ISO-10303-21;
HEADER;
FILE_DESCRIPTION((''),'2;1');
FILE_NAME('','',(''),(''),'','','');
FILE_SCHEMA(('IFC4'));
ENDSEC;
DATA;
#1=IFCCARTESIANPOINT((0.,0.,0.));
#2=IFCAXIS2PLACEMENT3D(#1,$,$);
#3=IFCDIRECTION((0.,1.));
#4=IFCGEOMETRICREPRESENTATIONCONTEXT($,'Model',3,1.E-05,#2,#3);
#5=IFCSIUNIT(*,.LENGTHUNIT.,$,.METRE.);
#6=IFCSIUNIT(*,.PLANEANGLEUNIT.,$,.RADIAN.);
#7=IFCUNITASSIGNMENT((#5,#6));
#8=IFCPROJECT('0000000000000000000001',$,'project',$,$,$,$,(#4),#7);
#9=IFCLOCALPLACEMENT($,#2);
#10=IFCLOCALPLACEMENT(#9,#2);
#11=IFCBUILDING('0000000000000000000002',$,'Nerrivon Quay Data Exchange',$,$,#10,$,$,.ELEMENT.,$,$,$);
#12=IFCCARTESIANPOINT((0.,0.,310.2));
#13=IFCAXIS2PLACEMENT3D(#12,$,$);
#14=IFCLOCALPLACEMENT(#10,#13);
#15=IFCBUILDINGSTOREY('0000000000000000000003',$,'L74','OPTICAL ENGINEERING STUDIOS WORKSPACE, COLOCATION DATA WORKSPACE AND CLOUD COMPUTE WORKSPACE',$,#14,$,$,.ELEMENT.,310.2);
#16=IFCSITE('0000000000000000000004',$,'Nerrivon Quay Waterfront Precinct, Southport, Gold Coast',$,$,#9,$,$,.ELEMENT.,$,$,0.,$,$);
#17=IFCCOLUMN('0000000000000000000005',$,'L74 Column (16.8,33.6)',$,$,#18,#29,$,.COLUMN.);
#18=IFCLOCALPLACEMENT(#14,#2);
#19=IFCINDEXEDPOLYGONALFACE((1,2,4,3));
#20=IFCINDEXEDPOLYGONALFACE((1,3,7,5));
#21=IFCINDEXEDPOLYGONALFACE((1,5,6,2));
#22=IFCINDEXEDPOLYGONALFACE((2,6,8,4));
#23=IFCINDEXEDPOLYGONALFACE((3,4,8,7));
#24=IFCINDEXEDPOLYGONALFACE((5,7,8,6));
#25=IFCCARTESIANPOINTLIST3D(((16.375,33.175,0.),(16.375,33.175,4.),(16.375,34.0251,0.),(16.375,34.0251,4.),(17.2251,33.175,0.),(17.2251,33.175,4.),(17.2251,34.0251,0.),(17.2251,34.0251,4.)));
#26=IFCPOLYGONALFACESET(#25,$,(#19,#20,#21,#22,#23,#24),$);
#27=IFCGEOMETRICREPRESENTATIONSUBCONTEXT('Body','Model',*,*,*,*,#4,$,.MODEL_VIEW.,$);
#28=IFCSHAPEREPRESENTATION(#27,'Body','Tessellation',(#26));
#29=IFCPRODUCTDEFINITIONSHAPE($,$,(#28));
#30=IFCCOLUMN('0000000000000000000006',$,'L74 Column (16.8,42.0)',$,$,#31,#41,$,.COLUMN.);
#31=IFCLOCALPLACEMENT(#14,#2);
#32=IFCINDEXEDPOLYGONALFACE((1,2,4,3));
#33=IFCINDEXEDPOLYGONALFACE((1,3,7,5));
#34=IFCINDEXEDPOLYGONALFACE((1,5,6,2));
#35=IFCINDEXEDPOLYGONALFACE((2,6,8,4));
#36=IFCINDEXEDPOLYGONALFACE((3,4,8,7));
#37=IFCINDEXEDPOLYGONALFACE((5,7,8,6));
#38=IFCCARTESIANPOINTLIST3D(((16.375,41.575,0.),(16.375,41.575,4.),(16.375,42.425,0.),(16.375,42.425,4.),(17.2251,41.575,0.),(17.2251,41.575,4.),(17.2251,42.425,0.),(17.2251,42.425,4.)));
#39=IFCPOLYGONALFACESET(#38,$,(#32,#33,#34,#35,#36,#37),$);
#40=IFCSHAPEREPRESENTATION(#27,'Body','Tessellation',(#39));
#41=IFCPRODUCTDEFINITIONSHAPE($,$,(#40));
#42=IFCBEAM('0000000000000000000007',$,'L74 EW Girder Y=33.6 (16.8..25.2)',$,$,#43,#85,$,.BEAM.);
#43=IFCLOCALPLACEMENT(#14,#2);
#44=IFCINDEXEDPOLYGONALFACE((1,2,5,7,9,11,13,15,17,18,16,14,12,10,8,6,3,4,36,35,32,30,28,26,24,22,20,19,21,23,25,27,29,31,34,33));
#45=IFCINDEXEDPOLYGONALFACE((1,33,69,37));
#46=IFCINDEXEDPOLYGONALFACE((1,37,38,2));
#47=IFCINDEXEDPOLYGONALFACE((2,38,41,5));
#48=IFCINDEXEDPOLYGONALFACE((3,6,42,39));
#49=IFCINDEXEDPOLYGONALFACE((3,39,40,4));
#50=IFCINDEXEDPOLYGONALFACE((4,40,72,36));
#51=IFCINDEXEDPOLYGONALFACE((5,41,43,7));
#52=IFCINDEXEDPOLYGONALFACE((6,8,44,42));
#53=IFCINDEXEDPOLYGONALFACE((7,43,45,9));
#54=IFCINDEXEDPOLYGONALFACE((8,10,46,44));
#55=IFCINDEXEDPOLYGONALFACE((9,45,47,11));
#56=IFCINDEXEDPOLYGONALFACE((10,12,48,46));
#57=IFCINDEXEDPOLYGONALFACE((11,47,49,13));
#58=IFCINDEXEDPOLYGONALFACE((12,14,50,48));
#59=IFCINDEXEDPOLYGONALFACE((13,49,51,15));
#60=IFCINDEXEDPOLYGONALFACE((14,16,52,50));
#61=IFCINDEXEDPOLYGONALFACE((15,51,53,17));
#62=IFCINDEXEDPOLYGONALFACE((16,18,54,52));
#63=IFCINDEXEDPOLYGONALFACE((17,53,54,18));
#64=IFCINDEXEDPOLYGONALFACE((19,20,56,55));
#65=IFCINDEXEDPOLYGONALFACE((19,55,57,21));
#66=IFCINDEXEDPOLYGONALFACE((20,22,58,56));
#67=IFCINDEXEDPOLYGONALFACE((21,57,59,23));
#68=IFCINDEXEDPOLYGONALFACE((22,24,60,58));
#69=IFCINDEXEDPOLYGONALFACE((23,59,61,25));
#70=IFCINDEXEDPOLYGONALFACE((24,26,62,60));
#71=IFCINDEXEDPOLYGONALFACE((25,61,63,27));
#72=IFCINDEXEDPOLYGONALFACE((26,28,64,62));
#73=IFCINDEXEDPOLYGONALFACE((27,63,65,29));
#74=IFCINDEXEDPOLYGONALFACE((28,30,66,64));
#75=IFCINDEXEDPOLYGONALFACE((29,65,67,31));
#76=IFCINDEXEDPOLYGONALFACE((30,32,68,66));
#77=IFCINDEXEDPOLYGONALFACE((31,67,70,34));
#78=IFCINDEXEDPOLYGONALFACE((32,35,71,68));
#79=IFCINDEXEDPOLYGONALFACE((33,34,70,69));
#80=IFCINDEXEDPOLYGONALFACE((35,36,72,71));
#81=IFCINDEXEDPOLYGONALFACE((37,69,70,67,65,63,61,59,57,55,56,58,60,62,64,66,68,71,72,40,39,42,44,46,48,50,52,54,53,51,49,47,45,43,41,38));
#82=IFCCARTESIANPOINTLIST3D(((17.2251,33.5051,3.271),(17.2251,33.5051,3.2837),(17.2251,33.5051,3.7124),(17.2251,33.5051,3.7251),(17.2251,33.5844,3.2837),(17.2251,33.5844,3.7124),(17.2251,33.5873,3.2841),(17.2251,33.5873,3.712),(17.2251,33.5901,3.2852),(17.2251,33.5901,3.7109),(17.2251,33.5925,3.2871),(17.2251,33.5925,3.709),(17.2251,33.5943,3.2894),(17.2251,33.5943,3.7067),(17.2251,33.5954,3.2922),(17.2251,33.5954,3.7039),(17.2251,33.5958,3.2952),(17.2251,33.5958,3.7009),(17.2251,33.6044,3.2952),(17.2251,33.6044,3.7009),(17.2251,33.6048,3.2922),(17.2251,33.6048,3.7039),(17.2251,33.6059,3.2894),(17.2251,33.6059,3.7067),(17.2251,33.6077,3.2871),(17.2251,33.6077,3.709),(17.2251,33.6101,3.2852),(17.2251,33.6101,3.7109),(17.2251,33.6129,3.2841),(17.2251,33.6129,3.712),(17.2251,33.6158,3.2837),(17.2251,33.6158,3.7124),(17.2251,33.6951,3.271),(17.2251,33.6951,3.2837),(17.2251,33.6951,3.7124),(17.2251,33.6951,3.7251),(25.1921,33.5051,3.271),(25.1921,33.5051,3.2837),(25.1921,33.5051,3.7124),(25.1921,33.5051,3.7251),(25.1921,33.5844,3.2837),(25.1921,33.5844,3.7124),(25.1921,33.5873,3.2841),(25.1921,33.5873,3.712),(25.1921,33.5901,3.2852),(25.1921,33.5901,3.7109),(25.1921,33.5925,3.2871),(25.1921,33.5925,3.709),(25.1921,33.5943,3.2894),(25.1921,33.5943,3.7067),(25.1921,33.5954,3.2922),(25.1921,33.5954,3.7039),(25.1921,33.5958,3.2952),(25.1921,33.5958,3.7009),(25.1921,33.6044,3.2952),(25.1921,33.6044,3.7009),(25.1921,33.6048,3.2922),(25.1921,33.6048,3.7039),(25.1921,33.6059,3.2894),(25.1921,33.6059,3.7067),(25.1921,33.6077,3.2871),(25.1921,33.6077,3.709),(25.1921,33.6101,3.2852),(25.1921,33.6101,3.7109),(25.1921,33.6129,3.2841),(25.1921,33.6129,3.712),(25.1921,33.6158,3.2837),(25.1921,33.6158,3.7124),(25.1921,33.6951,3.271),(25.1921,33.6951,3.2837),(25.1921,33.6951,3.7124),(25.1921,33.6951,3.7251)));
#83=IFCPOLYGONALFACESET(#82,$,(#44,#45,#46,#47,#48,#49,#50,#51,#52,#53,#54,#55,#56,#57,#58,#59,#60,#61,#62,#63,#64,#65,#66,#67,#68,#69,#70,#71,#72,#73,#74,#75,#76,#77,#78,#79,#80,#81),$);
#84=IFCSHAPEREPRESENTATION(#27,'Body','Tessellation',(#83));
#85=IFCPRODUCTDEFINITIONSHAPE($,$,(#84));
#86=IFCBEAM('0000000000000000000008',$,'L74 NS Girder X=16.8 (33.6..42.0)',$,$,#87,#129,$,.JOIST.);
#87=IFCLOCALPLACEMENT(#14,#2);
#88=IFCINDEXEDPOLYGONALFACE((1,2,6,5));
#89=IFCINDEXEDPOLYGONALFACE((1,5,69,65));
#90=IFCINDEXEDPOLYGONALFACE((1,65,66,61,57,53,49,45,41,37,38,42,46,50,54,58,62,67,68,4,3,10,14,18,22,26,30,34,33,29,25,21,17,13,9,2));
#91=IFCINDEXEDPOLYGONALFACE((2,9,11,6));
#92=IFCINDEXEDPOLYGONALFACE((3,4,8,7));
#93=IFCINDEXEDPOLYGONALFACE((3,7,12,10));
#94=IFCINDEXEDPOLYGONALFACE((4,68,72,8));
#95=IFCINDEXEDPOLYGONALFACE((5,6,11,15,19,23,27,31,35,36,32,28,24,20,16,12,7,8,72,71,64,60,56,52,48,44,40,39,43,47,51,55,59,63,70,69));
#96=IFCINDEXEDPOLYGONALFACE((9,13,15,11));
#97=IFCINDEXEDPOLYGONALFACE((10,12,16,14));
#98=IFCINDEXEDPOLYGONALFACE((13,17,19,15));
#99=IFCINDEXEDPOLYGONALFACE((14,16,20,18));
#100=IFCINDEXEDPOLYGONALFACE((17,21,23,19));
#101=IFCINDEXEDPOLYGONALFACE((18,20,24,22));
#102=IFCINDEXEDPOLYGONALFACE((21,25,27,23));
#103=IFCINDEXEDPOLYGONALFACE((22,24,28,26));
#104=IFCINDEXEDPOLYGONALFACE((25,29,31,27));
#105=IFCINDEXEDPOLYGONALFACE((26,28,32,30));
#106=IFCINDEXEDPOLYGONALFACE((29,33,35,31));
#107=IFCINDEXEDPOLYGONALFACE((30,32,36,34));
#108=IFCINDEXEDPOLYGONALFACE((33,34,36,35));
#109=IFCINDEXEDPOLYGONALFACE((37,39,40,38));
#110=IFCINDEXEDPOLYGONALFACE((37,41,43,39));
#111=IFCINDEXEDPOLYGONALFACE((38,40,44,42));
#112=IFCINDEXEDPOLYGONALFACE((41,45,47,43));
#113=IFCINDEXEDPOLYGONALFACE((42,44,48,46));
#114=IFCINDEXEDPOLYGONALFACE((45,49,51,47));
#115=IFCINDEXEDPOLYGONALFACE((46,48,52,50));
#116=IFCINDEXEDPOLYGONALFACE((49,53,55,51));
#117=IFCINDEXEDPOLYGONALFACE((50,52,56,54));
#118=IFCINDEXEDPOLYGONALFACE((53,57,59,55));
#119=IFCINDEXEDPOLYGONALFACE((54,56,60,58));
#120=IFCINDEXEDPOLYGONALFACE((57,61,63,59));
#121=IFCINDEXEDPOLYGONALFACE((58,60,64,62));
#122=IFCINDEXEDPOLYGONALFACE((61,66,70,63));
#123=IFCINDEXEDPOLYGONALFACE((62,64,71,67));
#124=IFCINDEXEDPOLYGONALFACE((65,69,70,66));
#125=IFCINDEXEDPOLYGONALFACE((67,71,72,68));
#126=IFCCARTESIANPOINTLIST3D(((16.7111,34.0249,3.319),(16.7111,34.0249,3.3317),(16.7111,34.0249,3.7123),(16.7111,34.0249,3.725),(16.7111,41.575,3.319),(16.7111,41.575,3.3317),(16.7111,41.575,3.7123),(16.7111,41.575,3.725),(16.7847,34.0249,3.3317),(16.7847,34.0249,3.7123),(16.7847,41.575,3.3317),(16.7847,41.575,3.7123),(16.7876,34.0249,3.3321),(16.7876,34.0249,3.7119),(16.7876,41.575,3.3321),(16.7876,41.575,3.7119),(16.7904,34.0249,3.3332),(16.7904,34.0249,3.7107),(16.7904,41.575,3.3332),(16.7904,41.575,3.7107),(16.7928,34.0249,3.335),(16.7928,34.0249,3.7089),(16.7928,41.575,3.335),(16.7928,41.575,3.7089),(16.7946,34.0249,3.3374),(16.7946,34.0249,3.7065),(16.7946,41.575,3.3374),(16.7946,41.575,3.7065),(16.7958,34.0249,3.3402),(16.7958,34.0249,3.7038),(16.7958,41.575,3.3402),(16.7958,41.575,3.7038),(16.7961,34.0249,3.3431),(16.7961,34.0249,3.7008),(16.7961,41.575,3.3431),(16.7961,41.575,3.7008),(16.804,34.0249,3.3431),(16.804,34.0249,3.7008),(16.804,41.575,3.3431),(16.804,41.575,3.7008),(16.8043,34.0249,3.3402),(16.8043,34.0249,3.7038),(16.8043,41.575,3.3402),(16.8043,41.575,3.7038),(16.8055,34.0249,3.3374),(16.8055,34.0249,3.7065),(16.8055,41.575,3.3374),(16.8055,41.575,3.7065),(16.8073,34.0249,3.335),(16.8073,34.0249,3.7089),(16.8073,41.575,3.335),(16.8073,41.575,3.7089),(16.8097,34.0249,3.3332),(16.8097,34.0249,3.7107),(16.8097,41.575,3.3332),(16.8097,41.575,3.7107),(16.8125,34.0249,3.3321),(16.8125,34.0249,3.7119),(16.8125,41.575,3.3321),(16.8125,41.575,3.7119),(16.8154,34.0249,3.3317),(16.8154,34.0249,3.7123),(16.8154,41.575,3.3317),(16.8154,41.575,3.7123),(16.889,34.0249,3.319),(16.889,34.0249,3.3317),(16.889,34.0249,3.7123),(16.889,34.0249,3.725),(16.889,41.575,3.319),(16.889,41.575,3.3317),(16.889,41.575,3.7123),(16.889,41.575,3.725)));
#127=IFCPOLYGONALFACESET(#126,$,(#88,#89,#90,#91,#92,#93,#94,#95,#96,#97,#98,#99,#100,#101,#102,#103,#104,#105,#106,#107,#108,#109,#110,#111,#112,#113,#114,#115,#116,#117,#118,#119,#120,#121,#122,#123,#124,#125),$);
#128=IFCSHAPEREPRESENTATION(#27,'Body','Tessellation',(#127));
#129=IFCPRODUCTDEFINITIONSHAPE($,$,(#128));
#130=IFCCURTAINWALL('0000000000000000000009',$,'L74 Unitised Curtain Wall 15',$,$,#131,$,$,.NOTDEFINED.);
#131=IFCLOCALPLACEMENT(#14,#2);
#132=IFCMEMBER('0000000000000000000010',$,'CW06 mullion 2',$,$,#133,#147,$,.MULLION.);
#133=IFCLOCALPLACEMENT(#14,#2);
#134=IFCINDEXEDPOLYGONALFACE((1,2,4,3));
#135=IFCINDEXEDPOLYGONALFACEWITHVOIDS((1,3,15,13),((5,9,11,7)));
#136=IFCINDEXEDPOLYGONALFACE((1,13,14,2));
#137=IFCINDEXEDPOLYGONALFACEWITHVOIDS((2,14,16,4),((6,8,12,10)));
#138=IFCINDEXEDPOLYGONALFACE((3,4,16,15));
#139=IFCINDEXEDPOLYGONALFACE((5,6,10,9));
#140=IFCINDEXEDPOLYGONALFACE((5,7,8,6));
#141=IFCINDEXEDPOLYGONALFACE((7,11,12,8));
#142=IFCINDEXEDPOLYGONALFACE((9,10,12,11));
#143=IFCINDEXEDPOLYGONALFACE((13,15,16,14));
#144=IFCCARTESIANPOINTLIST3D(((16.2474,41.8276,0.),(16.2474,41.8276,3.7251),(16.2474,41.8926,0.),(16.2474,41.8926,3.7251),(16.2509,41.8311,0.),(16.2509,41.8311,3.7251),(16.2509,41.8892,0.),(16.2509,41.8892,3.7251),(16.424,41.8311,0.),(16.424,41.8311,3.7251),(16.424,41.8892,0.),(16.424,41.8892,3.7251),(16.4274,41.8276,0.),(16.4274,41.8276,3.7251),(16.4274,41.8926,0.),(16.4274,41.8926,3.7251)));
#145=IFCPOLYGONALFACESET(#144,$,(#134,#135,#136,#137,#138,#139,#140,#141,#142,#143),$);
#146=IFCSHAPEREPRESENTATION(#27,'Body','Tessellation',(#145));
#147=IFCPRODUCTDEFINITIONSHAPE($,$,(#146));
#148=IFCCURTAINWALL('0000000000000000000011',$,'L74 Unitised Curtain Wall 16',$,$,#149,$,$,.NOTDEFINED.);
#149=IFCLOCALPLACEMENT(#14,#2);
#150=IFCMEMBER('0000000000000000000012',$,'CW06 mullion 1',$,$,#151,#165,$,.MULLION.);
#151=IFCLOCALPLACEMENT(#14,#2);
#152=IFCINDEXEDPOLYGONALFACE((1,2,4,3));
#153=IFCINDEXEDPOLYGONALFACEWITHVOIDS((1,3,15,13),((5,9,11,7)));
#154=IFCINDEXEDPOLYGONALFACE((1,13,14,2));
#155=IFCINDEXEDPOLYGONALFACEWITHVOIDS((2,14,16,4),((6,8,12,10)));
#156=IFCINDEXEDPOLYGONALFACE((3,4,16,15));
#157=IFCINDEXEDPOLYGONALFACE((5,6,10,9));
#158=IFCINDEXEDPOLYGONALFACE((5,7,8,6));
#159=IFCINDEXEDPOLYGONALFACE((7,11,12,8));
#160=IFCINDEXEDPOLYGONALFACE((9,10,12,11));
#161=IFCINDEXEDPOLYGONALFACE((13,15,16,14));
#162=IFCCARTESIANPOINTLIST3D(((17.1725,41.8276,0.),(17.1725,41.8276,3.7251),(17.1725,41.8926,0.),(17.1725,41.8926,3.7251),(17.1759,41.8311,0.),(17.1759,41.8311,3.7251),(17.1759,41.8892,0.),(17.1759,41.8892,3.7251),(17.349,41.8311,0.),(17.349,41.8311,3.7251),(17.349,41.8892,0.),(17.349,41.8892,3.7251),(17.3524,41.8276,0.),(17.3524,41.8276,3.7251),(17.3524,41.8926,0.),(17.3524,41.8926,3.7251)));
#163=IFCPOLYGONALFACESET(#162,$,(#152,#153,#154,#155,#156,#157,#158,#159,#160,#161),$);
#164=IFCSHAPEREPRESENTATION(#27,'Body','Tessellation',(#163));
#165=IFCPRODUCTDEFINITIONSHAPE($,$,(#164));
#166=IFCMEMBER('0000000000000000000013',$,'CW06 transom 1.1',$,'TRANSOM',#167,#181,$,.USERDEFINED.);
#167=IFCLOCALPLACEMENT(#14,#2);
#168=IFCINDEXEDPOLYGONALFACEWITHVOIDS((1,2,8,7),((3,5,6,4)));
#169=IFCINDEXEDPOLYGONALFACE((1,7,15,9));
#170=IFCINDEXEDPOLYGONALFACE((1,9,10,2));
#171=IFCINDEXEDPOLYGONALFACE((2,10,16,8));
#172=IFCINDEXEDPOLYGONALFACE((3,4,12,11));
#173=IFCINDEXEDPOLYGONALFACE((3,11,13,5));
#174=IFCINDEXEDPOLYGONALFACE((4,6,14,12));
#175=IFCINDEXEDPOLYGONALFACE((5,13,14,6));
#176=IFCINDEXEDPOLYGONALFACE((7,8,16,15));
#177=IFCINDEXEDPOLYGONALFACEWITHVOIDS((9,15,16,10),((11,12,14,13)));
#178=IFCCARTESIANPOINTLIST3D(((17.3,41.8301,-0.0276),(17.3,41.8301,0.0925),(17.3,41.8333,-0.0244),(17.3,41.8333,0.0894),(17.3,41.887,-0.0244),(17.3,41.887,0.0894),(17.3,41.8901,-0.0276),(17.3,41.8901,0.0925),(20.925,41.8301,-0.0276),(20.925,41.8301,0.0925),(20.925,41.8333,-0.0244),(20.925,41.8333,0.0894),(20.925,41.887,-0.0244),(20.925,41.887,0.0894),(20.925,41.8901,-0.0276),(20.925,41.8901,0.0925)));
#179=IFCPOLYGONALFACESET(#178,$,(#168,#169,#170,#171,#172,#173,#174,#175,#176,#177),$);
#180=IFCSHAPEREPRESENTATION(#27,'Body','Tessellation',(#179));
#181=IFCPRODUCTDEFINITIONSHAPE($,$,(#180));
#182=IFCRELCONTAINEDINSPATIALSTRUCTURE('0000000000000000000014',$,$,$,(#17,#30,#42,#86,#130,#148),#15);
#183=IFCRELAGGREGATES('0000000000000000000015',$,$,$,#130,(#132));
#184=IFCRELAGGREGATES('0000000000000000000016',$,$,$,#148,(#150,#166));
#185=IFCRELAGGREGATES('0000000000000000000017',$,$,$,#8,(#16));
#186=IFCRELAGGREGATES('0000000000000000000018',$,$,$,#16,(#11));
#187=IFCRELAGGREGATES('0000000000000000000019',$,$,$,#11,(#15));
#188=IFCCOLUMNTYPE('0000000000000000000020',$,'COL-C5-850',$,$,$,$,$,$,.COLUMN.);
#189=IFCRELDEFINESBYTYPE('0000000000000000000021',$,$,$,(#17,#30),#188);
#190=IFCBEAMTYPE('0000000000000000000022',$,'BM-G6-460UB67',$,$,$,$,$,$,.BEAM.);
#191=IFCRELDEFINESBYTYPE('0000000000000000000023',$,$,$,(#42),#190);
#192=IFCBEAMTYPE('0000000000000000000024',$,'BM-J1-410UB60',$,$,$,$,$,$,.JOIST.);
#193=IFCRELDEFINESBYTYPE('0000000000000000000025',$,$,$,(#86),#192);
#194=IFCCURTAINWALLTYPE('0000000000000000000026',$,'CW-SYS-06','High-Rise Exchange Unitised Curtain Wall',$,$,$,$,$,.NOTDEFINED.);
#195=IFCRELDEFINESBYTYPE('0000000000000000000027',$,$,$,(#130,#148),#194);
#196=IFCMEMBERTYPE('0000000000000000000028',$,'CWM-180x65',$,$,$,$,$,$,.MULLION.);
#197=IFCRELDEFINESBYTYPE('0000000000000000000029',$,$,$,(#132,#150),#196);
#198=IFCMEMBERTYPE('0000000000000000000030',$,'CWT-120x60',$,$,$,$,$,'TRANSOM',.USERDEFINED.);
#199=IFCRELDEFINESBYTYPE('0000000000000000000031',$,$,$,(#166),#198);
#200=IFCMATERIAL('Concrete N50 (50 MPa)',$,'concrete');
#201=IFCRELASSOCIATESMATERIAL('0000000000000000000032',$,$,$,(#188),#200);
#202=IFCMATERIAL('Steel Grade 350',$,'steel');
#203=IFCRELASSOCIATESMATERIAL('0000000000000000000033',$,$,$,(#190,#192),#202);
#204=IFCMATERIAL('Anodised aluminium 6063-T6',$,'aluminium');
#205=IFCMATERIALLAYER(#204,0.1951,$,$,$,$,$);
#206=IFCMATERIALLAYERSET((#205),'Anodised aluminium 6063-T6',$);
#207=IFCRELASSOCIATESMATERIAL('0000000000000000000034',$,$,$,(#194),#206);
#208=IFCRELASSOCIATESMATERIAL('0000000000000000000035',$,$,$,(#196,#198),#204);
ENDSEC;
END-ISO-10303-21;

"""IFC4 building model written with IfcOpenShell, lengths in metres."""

from ifc_helpers import new_model, si_unit, direction, frame, origin, origin_2d, place, context, subcontext, project, spatial, rectangle, hollow_rectangle, i_section, extrude, material, layer, layer_set, material_profile, profile_set, type_object, element, aggregate, save


model = new_model("IFC4")

# Units and contexts
model_context = context("Model", 3, precision=1e-05, world=origin(), true_north=direction((0.0, 1.0)))
body_context = subcontext(model_context, "Body", "Model", "MODEL_VIEW")
ifc_project = project(units=[si_unit("LENGTHUNIT", "METRE"), si_unit("PLANEANGLEUNIT", "RADIAN")], contexts=[model_context])

# Site, building, storey
site_placement = place(None, origin())
site = spatial("IfcSite", under=ifc_project, at=site_placement, Name="Nerrivon Quay Waterfront Precinct, Southport, Gold Coast", CompositionType="ELEMENT", RefElevation=0.0)
building_placement = place(site_placement, origin())
building = spatial("IfcBuilding", under=site, at=building_placement, Name="Nerrivon Quay Data Exchange", CompositionType="ELEMENT")
storey_placement = place(building_placement, frame((0.0, 0.0, 310.2)))
storey = spatial("IfcBuildingStorey", under=building, at=storey_placement, Name="L74", Description="OPTICAL ENGINEERING STUDIOS WORKSPACE, COLOCATION DATA WORKSPACE AND CLOUD COMPUTE WORKSPACE", CompositionType="ELEMENT", Elevation=310.2)

# Columns
ifc_material_1 = material(Name="Concrete N50 (50 MPa)", Category="concrete")
ifc_material_profile_1 = material_profile(ifc_material_1, rectangle(XDim=0.8501, YDim=0.8501, at=origin_2d()), Name="RC-COL-850x850")
ifc_profile_set_1 = profile_set([ifc_material_profile_1], Name="Concrete N50 (50 MPa)")
column_type = type_object("IfcColumnType", Name="COL-C5-850", PredefinedType="COLUMN", material=ifc_profile_set_1)
for number, where, z_axis, x_axis, name in (
    (1, (16.8, 33.6001, 0.0), (0.0, 0.0, 1.0), (1.0, 0.0, 0.0), "L74 Column (16.8,33.6)"),
    (2, (16.8, 42.0, 0.0), (0.0, 0.0, 1.0), (1.0, 0.0, 0.0), "L74 Column (16.8,42.0)"),
):
    element("IfcColumn", number, at=place(storey_placement, frame(where, z_axis=z_axis, x_axis=x_axis)), inside=storey, type_object=column_type, Name=name, PredefinedType="COLUMN", context=body_context, shape_type="SweptSolid", body=[
        extrude(rectangle(XDim=0.8501, YDim=0.8501, at=origin_2d()), origin(), (0.0, 0.0, 1.0), 4.0),
    ])

# Beams
ifc_material_2 = material(Name="Steel Grade 350", Category="steel")
ifc_material_profile_2 = material_profile(ifc_material_2, i_section(OverallWidth=0.1899, OverallDepth=0.4541, WebThickness=0.0085, FlangeThickness=0.0127, FilletRadius=0.0115, at=origin_2d()), Name="460UB67.1")
ifc_profile_set_2 = profile_set([ifc_material_profile_2], Name="Steel Grade 350")
beam_type_1 = type_object("IfcBeamType", Name="BM-G6-460UB67", PredefinedType="BEAM", material=ifc_profile_set_2)
beam_1_placement = place(storey_placement, frame((17.2251, 33.6001, 3.498), z_axis=(1.0, 0.0, 0.0), x_axis=(0.0, 1.0, 0.0)))
element("IfcBeam", 3, at=beam_1_placement, inside=storey, type_object=beam_type_1, Name="L74 EW Girder Y=33.6 (16.8..25.2)", PredefinedType="BEAM", context=body_context, shape_type="SweptSolid", body=[
    extrude(i_section(OverallWidth=0.1899, OverallDepth=0.4541, WebThickness=0.0085, FlangeThickness=0.0127, FilletRadius=0.0115, at=origin_2d()), origin(), (0.0, 0.0, 1.0), 7.967),
])
ifc_material_profile_3 = material_profile(ifc_material_2, i_section(OverallWidth=0.178, OverallDepth=0.406, WebThickness=0.0078, FlangeThickness=0.0127, FilletRadius=0.0115, at=origin_2d()), Name="410UB59.7")
ifc_profile_set_3 = profile_set([ifc_material_profile_3], Name="Steel Grade 350")
beam_type_2 = type_object("IfcBeamType", Name="BM-J1-410UB60", PredefinedType="JOIST", material=ifc_profile_set_3)
beam_2_placement = place(storey_placement, frame((16.8, 34.0249, 3.522), z_axis=(0.0, 1.0, 0.0), x_axis=(-1.0, 0.0, 0.0)))
element("IfcBeam", 4, at=beam_2_placement, inside=storey, type_object=beam_type_2, Name="L74 NS Girder X=16.8 (33.6..42.0)", PredefinedType="JOIST", context=body_context, shape_type="SweptSolid", body=[
    extrude(i_section(OverallWidth=0.178, OverallDepth=0.406, WebThickness=0.0078, FlangeThickness=0.0127, FilletRadius=0.0115, at=origin_2d()), origin(), (0.0, 0.0, 1.0), 7.55),
])

# Curtain wall, member
ifc_material_3 = material(Name="Anodised aluminium 6063-T6", Category="aluminium")
ifc_layer_1 = layer(ifc_material_3, 0.1951)
ifc_layer_set_1 = layer_set([ifc_layer_1], Name="Anodised aluminium 6063-T6")
curtain_wall_type = type_object("IfcCurtainWallType", Name="CW-SYS-06", Description="High-Rise Exchange Unitised Curtain Wall", PredefinedType="NOTDEFINED", material=ifc_layer_set_1)
curtain_wall_1_placement = place(storey_placement, origin())
curtain_wall_1 = element("IfcCurtainWall", 5, at=curtain_wall_1_placement, inside=storey, type_object=curtain_wall_type, Name="L74 Unitised Curtain Wall 15", PredefinedType="NOTDEFINED")
ifc_material_profile_4 = material_profile(ifc_material_3, hollow_rectangle(XDim=0.0649, YDim=0.1799, WallThickness=0.0034, at=origin_2d()), Name="ALU-MULL-180x65")
ifc_profile_set_4 = profile_set([ifc_material_profile_4], Name="Anodised aluminium 6063-T6")
member_type_1 = type_object("IfcMemberType", Name="CWM-180x65", PredefinedType="MULLION", material=ifc_profile_set_4)
member_1_placement = place(storey_placement, frame((16.3374, 41.8601, 0.0), z_axis=(0.0, 0.0, 1.0), x_axis=(0.0, 1.0, 0.0)))
member_1 = element("IfcMember", 6, at=member_1_placement, type_object=member_type_1, Name="CW06 mullion 2", PredefinedType="MULLION", context=body_context, shape_type="SweptSolid", body=[
    extrude(hollow_rectangle(XDim=0.0649, YDim=0.1799, WallThickness=0.0034, at=origin_2d()), origin(), (0.0, 0.0, 1.0), 3.7251),
])

# Curtain wall, members
curtain_wall_2_placement = place(storey_placement, origin())
curtain_wall_2 = element("IfcCurtainWall", 7, at=curtain_wall_2_placement, inside=storey, type_object=curtain_wall_type, Name="L74 Unitised Curtain Wall 16", PredefinedType="NOTDEFINED")
member_2_placement = place(storey_placement, frame((17.2625, 41.8601, 0.0), z_axis=(0.0, 0.0, 1.0), x_axis=(0.0, 1.0, 0.0)))
member_2 = element("IfcMember", 8, at=member_2_placement, type_object=member_type_1, Name="CW06 mullion 1", PredefinedType="MULLION", context=body_context, shape_type="SweptSolid", body=[
    extrude(hollow_rectangle(XDim=0.0649, YDim=0.1799, WallThickness=0.0034, at=origin_2d()), origin(), (0.0, 0.0, 1.0), 3.7251),
])
ifc_material_profile_5 = material_profile(ifc_material_3, hollow_rectangle(XDim=0.0601, YDim=0.1201, WallThickness=0.0032, at=origin_2d()), Name="ALU-TRAN-120x60")
ifc_profile_set_5 = profile_set([ifc_material_profile_5], Name="Anodised aluminium 6063-T6")
member_type_2 = type_object("IfcMemberType", Name="CWT-120x60", ElementType="TRANSOM", PredefinedType="USERDEFINED", material=ifc_profile_set_5)
member_3_placement = place(storey_placement, frame((17.3, 41.8601, 0.0325), z_axis=(1.0, 0.0, 0.0), x_axis=(0.0, 1.0, 0.0)))
member_3 = element("IfcMember", 9, at=member_3_placement, type_object=member_type_2, Name="CW06 transom 1.1", ObjectType="TRANSOM", PredefinedType="USERDEFINED", context=body_context, shape_type="SweptSolid", body=[
    extrude(hollow_rectangle(XDim=0.0601, YDim=0.1201, WallThickness=0.0032, at=origin_2d()), origin(), (0.0, 0.0, 1.0), 3.625),
])

aggregate(curtain_wall_1, [member_1])
aggregate(curtain_wall_2, [member_2, member_3])

save(model, "model.ifc")
